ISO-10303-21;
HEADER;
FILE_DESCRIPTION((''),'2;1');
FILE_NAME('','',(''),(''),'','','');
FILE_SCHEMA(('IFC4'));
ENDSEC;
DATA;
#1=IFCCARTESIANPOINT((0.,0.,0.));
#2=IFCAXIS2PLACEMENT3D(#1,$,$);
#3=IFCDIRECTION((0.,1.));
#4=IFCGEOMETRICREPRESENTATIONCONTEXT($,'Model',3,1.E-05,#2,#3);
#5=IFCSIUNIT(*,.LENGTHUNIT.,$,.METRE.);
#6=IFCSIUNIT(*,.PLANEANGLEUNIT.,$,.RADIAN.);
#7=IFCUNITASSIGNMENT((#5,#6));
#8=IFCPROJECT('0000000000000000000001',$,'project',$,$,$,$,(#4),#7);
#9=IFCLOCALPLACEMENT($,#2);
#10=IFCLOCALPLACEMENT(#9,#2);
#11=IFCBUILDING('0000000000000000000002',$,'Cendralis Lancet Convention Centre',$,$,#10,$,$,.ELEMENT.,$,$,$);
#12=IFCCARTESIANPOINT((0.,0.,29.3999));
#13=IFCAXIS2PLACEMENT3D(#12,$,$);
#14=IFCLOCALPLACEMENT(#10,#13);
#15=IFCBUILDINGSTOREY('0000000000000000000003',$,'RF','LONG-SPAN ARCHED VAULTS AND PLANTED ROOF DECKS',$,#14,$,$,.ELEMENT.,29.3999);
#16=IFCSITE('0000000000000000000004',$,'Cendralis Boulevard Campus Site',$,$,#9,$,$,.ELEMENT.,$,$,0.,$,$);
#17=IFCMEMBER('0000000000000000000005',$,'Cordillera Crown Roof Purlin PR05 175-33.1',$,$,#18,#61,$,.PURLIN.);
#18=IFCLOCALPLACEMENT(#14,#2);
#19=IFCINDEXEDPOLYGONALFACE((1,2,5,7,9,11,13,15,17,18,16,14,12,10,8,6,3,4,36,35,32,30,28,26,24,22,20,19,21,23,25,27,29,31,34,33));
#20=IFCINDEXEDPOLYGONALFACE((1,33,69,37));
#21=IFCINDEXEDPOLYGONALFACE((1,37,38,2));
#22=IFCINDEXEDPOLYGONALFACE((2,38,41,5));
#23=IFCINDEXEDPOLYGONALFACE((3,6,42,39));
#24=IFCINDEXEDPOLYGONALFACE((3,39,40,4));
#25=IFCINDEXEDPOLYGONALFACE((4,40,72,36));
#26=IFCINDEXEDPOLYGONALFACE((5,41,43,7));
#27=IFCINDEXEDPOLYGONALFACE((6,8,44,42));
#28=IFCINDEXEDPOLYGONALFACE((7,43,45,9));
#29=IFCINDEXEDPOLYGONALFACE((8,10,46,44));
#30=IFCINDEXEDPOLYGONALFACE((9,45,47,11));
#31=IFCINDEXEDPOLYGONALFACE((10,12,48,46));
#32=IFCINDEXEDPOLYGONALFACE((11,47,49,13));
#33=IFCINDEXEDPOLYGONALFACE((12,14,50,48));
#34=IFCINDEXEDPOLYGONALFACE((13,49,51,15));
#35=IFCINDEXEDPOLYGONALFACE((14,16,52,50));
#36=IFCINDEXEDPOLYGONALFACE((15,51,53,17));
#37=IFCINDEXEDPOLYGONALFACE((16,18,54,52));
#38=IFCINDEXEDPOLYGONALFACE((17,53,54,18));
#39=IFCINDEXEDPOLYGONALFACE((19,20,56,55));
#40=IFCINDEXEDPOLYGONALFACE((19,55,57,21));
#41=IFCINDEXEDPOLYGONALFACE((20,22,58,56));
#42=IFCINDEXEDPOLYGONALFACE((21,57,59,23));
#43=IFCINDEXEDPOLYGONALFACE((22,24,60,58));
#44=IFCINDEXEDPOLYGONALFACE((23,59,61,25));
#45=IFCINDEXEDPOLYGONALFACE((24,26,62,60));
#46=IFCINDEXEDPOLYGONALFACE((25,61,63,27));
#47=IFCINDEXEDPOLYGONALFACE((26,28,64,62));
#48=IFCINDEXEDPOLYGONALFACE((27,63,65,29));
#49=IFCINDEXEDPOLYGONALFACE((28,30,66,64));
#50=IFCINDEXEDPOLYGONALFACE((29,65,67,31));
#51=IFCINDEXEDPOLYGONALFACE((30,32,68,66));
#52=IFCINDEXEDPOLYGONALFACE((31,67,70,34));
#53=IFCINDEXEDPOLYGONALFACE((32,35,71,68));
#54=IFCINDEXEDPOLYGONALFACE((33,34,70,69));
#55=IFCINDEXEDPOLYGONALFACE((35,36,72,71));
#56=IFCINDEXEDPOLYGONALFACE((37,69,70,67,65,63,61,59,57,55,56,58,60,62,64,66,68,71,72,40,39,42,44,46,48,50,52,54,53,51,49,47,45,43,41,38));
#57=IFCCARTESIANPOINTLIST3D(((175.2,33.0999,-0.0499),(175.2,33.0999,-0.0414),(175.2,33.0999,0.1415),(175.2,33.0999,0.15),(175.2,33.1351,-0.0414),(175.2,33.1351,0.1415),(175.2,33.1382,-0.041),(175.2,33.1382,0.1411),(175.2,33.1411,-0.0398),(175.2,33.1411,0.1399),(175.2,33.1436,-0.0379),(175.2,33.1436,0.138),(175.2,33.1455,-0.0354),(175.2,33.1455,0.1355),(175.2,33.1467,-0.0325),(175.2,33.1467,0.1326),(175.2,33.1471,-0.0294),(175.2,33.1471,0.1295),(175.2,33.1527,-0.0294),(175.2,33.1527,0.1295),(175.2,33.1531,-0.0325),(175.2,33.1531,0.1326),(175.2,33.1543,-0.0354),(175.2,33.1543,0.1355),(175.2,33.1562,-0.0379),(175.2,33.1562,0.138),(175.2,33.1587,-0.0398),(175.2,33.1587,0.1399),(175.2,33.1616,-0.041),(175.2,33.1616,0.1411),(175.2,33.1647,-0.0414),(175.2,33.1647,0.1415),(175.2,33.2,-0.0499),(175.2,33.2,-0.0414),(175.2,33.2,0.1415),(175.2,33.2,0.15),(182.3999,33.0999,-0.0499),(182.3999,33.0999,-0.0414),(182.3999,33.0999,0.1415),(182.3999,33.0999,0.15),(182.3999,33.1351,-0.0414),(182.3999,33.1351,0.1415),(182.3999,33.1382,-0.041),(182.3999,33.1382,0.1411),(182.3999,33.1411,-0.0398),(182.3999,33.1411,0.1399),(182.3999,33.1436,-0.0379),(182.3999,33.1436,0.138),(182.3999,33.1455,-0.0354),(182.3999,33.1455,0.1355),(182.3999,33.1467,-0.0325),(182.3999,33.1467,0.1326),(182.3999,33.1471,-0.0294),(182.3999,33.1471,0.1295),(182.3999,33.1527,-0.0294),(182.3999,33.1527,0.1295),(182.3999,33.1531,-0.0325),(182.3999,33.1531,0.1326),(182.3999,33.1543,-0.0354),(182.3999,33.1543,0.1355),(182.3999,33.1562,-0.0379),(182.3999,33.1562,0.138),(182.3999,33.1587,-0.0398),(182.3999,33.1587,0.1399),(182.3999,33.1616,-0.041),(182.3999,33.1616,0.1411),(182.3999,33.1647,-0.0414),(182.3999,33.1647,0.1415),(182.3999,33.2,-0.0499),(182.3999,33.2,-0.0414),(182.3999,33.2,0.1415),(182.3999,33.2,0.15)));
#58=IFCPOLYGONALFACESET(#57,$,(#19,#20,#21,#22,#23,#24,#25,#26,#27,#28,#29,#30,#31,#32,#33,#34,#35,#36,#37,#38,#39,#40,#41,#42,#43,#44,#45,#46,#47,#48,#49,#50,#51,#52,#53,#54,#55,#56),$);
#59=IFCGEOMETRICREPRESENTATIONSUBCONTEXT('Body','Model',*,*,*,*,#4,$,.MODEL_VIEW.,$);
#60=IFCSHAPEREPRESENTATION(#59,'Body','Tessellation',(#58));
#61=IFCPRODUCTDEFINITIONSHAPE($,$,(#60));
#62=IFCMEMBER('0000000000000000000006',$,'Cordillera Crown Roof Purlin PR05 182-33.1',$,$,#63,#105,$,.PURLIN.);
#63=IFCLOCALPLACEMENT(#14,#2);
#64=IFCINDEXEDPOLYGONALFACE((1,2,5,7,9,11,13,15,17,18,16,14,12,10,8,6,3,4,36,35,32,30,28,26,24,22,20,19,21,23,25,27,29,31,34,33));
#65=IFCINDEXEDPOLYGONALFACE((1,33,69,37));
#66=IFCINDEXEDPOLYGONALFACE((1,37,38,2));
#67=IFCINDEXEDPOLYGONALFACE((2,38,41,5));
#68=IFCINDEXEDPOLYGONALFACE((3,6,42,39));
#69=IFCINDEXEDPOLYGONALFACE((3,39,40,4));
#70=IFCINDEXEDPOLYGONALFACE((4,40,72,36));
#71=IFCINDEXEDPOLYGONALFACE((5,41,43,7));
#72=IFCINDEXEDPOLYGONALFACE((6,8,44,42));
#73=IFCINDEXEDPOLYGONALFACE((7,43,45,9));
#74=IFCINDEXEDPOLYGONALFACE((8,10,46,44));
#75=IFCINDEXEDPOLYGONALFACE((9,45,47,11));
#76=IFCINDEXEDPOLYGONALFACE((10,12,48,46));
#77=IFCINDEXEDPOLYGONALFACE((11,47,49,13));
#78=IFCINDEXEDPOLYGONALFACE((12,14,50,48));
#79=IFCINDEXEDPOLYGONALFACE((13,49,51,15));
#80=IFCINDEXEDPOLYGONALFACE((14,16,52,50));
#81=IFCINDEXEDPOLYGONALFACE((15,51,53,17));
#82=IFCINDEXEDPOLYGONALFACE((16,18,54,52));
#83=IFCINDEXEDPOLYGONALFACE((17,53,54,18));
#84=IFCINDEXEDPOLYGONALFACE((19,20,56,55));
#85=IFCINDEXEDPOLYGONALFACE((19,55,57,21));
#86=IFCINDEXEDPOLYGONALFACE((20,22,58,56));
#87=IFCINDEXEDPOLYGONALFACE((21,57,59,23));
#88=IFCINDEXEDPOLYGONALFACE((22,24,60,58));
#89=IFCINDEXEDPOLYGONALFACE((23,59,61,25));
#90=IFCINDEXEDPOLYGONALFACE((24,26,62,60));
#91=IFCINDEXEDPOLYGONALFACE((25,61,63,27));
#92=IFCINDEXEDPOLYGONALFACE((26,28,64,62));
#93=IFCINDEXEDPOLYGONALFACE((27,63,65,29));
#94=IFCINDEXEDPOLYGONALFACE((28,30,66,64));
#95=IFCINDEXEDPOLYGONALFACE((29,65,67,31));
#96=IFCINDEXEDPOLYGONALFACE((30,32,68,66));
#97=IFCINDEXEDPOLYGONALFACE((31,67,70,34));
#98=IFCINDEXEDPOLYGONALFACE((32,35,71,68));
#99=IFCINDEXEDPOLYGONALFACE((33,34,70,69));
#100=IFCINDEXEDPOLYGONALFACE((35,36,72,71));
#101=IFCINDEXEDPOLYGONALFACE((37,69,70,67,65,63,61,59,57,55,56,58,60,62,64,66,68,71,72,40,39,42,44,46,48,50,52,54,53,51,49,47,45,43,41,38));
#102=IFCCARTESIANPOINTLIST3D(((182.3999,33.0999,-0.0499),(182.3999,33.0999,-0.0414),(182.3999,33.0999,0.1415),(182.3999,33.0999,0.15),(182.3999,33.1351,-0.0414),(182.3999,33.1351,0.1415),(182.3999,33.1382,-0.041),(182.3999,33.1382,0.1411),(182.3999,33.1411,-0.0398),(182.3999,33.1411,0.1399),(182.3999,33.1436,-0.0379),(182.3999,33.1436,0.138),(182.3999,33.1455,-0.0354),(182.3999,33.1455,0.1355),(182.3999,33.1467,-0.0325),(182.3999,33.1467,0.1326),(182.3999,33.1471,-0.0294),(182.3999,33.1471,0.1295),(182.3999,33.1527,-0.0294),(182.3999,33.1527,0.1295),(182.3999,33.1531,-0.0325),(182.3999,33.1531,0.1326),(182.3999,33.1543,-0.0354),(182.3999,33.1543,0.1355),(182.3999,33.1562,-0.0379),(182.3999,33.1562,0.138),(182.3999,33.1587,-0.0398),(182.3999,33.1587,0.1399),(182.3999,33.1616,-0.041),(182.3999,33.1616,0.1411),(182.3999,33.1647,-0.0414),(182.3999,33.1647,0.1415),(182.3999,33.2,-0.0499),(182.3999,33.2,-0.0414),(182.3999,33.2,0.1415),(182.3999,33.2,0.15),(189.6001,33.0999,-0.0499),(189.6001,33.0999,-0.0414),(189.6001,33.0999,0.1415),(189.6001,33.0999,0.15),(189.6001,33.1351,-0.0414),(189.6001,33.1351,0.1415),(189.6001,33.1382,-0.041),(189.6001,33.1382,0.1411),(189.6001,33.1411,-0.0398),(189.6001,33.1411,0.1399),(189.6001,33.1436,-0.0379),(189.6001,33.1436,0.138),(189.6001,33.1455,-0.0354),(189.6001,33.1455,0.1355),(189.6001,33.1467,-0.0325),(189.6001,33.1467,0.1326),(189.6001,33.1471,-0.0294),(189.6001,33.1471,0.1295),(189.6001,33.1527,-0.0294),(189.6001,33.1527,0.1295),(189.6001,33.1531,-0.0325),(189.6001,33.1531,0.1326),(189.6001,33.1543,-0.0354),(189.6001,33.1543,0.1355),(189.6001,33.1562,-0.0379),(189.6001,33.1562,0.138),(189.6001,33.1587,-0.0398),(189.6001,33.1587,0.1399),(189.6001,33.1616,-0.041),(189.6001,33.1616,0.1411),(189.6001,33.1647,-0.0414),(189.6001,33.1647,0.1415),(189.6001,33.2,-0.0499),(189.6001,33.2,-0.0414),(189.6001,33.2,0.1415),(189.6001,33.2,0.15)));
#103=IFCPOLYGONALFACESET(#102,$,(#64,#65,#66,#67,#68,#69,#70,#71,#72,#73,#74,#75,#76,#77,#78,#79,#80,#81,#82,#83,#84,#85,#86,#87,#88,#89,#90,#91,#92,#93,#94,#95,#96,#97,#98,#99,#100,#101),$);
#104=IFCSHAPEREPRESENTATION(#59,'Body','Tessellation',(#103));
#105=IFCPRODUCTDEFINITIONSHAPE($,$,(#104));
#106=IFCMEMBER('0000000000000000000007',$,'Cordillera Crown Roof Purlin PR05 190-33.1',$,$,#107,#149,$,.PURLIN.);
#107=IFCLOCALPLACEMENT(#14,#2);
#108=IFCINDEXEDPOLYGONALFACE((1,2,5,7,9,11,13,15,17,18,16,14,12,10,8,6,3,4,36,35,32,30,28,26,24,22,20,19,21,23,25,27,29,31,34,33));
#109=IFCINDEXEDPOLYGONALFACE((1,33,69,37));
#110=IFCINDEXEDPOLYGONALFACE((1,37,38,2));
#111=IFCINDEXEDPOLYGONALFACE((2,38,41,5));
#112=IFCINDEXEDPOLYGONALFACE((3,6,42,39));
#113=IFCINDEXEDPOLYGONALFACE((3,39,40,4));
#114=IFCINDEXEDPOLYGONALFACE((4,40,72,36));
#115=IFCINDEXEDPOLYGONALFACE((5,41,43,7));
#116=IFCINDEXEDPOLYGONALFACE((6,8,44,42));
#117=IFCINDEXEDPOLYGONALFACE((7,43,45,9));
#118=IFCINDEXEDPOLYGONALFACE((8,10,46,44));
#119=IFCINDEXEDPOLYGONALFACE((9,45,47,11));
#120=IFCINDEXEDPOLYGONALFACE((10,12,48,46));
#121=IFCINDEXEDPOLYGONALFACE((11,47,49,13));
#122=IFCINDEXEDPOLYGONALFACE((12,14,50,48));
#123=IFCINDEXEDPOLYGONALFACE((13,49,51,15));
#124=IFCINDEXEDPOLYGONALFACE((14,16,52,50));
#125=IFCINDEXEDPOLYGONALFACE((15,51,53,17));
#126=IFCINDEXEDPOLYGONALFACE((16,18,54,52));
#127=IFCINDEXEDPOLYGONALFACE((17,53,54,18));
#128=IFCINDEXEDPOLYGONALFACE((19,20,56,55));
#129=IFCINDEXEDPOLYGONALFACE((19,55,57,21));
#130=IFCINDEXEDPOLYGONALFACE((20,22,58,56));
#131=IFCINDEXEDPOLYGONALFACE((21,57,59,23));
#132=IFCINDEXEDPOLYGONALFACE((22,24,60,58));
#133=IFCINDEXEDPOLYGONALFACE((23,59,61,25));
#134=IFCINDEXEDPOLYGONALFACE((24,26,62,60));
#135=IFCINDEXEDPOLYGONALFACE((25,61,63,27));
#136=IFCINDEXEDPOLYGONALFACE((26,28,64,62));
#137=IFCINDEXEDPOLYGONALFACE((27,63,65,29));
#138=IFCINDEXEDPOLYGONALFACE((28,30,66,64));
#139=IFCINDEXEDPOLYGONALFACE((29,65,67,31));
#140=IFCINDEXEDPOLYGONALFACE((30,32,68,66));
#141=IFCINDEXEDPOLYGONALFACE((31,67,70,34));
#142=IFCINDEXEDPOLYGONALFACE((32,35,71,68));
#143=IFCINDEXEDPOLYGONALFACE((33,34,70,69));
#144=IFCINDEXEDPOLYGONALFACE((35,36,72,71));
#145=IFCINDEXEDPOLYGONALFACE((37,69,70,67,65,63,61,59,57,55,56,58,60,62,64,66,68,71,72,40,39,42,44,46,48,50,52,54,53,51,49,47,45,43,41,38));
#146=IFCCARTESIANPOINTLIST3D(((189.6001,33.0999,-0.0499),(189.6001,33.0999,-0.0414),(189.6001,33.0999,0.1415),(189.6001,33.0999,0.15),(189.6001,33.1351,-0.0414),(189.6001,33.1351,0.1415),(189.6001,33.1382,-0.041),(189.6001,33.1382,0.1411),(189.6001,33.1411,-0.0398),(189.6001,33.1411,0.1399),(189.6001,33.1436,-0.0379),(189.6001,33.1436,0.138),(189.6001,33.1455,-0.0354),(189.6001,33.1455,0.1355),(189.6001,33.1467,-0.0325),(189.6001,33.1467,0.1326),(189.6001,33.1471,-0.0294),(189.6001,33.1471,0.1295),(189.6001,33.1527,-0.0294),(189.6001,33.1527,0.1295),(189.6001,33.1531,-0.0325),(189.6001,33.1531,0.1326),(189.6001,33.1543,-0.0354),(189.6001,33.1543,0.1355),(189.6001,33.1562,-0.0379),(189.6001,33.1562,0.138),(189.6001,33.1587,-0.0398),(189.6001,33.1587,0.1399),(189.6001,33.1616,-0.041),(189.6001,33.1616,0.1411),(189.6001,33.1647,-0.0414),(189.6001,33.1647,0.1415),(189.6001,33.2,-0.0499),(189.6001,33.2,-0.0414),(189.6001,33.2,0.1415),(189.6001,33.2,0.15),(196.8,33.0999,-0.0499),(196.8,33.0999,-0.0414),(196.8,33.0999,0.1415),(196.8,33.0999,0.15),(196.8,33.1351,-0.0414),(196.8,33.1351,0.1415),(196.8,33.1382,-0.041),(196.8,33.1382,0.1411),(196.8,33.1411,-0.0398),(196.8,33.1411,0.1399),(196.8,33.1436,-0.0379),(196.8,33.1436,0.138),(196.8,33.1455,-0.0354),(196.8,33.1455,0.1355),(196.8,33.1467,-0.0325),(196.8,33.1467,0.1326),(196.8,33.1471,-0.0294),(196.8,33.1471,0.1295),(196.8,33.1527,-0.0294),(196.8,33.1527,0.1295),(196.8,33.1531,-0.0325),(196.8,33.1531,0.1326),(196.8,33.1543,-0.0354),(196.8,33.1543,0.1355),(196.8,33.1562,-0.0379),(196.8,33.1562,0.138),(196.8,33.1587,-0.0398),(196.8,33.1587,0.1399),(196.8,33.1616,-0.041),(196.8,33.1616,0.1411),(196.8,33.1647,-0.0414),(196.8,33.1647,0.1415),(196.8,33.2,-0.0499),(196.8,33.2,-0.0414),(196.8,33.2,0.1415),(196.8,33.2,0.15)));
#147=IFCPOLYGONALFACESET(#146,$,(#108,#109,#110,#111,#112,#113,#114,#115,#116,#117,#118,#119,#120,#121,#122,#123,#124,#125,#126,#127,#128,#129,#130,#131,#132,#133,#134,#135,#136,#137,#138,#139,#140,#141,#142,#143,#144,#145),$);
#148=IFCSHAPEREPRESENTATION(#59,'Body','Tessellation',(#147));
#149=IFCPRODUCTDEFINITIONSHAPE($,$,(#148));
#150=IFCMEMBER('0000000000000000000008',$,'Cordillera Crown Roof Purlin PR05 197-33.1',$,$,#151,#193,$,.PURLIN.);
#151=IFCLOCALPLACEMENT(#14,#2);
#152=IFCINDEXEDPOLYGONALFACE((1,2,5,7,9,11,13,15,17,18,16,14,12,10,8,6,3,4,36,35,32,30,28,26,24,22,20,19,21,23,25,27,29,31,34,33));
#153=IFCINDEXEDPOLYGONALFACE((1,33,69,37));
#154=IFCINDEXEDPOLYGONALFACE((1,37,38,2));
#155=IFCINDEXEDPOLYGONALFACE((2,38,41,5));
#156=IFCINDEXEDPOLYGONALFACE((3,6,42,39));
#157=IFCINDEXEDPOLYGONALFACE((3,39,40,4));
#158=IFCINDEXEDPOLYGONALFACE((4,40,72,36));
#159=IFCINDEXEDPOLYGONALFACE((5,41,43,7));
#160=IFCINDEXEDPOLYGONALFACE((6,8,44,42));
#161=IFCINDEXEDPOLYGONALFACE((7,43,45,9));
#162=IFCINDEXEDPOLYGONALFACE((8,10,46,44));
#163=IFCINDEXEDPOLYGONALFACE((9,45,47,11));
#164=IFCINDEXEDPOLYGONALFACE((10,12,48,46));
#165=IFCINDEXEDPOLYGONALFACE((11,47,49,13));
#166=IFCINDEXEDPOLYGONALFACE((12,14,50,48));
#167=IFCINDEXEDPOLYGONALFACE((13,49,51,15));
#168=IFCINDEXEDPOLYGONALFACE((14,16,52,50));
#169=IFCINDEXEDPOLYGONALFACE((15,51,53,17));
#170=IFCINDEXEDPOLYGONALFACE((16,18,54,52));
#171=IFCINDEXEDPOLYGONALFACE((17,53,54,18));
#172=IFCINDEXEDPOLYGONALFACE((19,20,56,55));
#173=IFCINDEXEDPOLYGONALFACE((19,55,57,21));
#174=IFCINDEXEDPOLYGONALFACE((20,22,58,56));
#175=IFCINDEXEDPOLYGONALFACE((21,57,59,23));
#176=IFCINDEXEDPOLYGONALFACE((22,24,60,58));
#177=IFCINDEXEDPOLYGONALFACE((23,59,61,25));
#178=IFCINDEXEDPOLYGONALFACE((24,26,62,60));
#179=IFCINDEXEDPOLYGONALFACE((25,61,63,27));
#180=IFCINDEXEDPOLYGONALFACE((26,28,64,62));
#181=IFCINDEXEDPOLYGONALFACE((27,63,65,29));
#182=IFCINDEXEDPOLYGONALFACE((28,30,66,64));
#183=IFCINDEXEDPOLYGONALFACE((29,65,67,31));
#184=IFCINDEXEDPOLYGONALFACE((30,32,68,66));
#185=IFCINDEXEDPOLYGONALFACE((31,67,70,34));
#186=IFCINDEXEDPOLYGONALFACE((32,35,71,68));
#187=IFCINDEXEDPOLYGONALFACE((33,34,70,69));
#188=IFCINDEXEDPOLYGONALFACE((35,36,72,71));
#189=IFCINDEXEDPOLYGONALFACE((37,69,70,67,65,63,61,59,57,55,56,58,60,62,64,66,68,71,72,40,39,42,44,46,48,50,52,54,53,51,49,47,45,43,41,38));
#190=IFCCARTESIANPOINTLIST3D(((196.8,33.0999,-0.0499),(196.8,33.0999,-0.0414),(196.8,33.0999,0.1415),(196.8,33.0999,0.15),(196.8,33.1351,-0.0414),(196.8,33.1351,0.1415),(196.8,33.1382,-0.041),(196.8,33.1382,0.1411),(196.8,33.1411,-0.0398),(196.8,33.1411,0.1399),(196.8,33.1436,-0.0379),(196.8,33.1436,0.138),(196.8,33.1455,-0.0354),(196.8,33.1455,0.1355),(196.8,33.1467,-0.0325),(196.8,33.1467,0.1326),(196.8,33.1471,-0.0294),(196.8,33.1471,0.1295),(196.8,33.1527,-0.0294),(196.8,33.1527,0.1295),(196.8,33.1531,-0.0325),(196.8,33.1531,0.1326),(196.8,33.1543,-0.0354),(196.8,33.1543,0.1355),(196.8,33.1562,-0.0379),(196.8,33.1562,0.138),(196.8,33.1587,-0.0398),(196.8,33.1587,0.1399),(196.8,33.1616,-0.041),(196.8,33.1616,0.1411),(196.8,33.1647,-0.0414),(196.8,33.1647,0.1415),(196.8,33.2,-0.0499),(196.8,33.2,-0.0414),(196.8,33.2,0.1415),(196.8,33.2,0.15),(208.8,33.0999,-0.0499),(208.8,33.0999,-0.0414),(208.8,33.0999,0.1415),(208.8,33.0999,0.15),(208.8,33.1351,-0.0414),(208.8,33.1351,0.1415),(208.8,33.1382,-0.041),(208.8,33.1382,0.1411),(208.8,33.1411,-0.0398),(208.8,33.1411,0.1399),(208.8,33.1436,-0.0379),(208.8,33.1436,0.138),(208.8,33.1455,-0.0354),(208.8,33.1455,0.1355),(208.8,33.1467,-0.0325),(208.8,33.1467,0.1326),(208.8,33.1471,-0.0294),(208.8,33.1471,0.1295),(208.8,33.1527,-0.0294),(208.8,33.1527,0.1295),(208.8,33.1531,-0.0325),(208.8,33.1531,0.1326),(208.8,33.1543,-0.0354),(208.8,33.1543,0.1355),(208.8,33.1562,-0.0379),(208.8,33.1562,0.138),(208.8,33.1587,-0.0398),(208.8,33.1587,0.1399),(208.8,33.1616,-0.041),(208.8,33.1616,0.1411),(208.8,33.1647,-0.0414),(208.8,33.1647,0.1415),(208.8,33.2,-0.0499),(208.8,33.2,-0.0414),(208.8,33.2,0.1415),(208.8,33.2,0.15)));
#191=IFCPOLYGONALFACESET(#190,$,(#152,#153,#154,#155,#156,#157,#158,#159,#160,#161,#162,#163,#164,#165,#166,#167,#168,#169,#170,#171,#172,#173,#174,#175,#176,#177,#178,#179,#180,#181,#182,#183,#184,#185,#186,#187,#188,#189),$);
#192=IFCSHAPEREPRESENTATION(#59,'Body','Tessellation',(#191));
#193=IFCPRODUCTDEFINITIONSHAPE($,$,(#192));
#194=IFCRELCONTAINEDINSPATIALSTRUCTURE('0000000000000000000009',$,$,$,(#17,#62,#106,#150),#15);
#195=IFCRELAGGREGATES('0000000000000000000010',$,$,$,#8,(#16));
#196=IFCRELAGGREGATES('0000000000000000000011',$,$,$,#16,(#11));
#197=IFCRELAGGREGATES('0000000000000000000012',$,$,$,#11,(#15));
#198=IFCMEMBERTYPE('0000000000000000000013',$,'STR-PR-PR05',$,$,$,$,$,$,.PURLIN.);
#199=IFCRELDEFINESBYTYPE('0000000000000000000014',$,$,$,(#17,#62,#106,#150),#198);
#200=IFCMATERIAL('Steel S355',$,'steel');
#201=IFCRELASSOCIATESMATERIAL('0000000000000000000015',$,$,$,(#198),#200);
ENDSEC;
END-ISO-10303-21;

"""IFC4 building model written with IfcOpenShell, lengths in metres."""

from ifc_helpers import new_model, si_unit, direction, frame, origin, origin_2d, place, context, subcontext, project, spatial, i_section, extrude, material, material_profile, profile_set, type_object, element, save


model = new_model("IFC4")

# Units and contexts
model_context = context("Model", 3, precision=1e-05, world=origin(), true_north=direction((0.0, 1.0)))
body_context = subcontext(model_context, "Body", "Model", "MODEL_VIEW")
ifc_project = project(units=[si_unit("LENGTHUNIT", "METRE"), si_unit("PLANEANGLEUNIT", "RADIAN")], contexts=[model_context])

# Site, building, storey
site_placement = place(None, origin())
site = spatial("IfcSite", under=ifc_project, at=site_placement, Name="Cendralis Boulevard Campus Site", CompositionType="ELEMENT", RefElevation=0.0)
building_placement = place(site_placement, origin())
building = spatial("IfcBuilding", under=site, at=building_placement, Name="Cendralis Lancet Convention Centre", CompositionType="ELEMENT")
storey_placement = place(building_placement, frame((0.0, 0.0, 29.3999)))
storey = spatial("IfcBuildingStorey", under=building, at=storey_placement, Name="RF", Description="LONG-SPAN ARCHED VAULTS AND PLANTED ROOF DECKS", CompositionType="ELEMENT", Elevation=29.3999)

# Members
ifc_material_1 = material(Name="Steel S355", Category="steel")
ifc_material_profile_1 = material_profile(ifc_material_1, i_section(OverallWidth=0.1001, OverallDepth=0.2, WebThickness=0.0056, FlangeThickness=0.0085, FilletRadius=0.012, at=origin_2d()), Name="IPE 200")
ifc_profile_set_1 = profile_set([ifc_material_profile_1], Name="Steel S355")
member_type = type_object("IfcMemberType", Name="STR-PR-PR05", PredefinedType="PURLIN", material=ifc_profile_set_1)
member_1_placement = place(storey_placement, frame((175.2, 33.1499, 0.05), z_axis=(1.0, 0.0, 0.0), x_axis=(0.0, 1.0, 0.0)))
element("IfcMember", 1, at=member_1_placement, inside=storey, type_object=member_type, Name="Cordillera Crown Roof Purlin PR05 175-33.1", PredefinedType="PURLIN", context=body_context, shape_type="SweptSolid", body=[
    extrude(i_section(OverallWidth=0.1001, OverallDepth=0.2, WebThickness=0.0056, FlangeThickness=0.0085, FilletRadius=0.012, at=origin_2d()), origin(), (0.0, 0.0, 1.0), 7.2),
])
member_2_placement = place(storey_placement, frame((182.3999, 33.1499, 0.05), z_axis=(1.0, 0.0, 0.0), x_axis=(0.0, 1.0, 0.0)))
element("IfcMember", 2, at=member_2_placement, inside=storey, type_object=member_type, Name="Cordillera Crown Roof Purlin PR05 182-33.1", PredefinedType="PURLIN", context=body_context, shape_type="SweptSolid", body=[
    extrude(i_section(OverallWidth=0.1001, OverallDepth=0.2, WebThickness=0.0056, FlangeThickness=0.0085, FilletRadius=0.012, at=origin_2d()), origin(), (0.0, 0.0, 1.0), 7.2002),
])
member_3_placement = place(storey_placement, frame((189.6001, 33.1499, 0.05), z_axis=(1.0, 0.0, 0.0), x_axis=(0.0, 1.0, 0.0)))
element("IfcMember", 3, at=member_3_placement, inside=storey, type_object=member_type, Name="Cordillera Crown Roof Purlin PR05 190-33.1", PredefinedType="PURLIN", context=body_context, shape_type="SweptSolid", body=[
    extrude(i_section(OverallWidth=0.1001, OverallDepth=0.2, WebThickness=0.0056, FlangeThickness=0.0085, FilletRadius=0.012, at=origin_2d()), origin(), (0.0, 0.0, 1.0), 7.2),
])
member_4_placement = place(storey_placement, frame((196.8, 33.1499, 0.05), z_axis=(1.0, 0.0, 0.0), x_axis=(0.0, 1.0, 0.0)))
element("IfcMember", 4, at=member_4_placement, inside=storey, type_object=member_type, Name="Cordillera Crown Roof Purlin PR05 197-33.1", PredefinedType="PURLIN", context=body_context, shape_type="SweptSolid", body=[
    extrude(i_section(OverallWidth=0.1001, OverallDepth=0.2, WebThickness=0.0056, FlangeThickness=0.0085, FilletRadius=0.012, at=origin_2d()), origin(), (0.0, 0.0, 1.0), 12.0),
])

save(model, "model.ifc")
